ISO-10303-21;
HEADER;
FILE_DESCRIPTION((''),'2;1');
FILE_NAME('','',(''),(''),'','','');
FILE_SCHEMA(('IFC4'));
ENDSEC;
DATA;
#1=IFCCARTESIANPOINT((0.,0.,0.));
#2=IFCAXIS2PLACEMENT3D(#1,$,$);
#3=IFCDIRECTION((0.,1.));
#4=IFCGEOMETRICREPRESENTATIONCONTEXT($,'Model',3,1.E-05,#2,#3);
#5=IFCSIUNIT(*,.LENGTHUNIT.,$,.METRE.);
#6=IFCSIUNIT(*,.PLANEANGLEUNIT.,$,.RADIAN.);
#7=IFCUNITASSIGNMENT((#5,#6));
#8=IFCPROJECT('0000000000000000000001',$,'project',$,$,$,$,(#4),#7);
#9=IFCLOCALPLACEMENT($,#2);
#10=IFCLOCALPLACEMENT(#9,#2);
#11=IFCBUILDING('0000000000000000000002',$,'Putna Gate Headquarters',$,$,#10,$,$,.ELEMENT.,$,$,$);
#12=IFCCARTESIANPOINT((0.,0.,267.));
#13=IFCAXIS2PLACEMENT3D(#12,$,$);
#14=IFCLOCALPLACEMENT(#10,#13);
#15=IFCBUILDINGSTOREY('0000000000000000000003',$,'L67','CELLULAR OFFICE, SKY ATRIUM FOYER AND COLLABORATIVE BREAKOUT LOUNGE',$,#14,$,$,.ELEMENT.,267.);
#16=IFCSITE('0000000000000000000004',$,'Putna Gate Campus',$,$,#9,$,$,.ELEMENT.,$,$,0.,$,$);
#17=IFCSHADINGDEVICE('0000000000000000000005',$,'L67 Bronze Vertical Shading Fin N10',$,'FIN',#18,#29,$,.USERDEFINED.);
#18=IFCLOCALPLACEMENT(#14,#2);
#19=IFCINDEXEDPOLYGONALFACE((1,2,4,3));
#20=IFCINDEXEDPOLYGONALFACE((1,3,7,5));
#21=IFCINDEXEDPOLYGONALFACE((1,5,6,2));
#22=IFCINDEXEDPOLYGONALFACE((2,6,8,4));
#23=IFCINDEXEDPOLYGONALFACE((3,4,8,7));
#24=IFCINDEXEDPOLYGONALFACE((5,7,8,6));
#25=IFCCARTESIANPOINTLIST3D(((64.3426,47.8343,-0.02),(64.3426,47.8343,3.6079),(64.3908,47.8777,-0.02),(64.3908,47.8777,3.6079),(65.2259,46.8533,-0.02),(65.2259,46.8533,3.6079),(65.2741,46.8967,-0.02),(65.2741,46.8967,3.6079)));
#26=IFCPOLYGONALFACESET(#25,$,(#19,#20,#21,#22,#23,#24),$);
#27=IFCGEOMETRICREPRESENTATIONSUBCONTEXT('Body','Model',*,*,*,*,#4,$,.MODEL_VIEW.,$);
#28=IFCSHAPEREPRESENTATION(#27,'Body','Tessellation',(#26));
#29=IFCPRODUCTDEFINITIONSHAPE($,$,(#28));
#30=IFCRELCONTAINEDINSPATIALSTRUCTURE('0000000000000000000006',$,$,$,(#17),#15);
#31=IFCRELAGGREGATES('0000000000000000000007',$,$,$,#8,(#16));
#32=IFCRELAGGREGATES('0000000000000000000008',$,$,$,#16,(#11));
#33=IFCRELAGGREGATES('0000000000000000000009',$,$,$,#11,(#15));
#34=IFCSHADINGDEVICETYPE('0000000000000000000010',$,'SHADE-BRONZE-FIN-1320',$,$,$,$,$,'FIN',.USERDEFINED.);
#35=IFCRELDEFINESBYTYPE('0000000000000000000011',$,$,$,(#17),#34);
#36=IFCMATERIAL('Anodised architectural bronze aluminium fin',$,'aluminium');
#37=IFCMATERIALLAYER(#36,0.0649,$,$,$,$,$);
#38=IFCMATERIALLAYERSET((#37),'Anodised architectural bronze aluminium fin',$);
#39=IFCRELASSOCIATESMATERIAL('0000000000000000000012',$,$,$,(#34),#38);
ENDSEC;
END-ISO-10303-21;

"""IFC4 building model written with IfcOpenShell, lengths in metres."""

from ifc_helpers import new_model, si_unit, direction, frame, origin, origin_2d, place, context, subcontext, project, spatial, rectangle, extrude, material, layer, layer_set, type_object, element, save


model = new_model("IFC4")

# Units and contexts
model_context = context("Model", 3, precision=1e-05, world=origin(), true_north=direction((0.0, 1.0)))
body_context = subcontext(model_context, "Body", "Model", "MODEL_VIEW")
ifc_project = project(units=[si_unit("LENGTHUNIT", "METRE"), si_unit("PLANEANGLEUNIT", "RADIAN")], contexts=[model_context])

# Site, building, storey
site_placement = place(None, origin())
site = spatial("IfcSite", under=ifc_project, at=site_placement, Name="Putna Gate Campus", CompositionType="ELEMENT", RefElevation=0.0)
building_placement = place(site_placement, origin())
building = spatial("IfcBuilding", under=site, at=building_placement, Name="Putna Gate Headquarters", CompositionType="ELEMENT")
storey_placement = place(building_placement, frame((0.0, 0.0, 267.0)))
storey = spatial("IfcBuildingStorey", under=building, at=storey_placement, Name="L67", Description="CELLULAR OFFICE, SKY ATRIUM FOYER AND COLLABORATIVE BREAKOUT LOUNGE", CompositionType="ELEMENT", Elevation=267.0)

# Shading device
ifc_material_1 = material(Name="Anodised architectural bronze aluminium fin", Category="aluminium")
ifc_layer_1 = layer(ifc_material_1, 0.0649)
ifc_layer_set_1 = layer_set([ifc_layer_1], Name="Anodised architectural bronze aluminium fin")
shading_device_type = type_object("IfcShadingDeviceType", Name="SHADE-BRONZE-FIN-1320", ElementType="FIN", PredefinedType="USERDEFINED", material=ifc_layer_set_1)
for number, where, z_axis, x_axis, name in (
    (1, (64.8083, 47.3655, -0.02), (0.0, 0.0, 1.0), (-0.669131, 0.743145, 0.0), "L67 Bronze Vertical Shading Fin N10"),
):
    element("IfcShadingDevice", number, at=place(storey_placement, frame(where, z_axis=z_axis, x_axis=x_axis)), inside=storey, type_object=shading_device_type, Name=name, ObjectType="FIN", PredefinedType="USERDEFINED", context=body_context, shape_type="SweptSolid", body=[
        extrude(rectangle(XDim=1.3201, YDim=0.0649, at=origin_2d()), origin(), (0.0, 0.0, 1.0), 3.6279),
    ])

save(model, "model.ifc")
